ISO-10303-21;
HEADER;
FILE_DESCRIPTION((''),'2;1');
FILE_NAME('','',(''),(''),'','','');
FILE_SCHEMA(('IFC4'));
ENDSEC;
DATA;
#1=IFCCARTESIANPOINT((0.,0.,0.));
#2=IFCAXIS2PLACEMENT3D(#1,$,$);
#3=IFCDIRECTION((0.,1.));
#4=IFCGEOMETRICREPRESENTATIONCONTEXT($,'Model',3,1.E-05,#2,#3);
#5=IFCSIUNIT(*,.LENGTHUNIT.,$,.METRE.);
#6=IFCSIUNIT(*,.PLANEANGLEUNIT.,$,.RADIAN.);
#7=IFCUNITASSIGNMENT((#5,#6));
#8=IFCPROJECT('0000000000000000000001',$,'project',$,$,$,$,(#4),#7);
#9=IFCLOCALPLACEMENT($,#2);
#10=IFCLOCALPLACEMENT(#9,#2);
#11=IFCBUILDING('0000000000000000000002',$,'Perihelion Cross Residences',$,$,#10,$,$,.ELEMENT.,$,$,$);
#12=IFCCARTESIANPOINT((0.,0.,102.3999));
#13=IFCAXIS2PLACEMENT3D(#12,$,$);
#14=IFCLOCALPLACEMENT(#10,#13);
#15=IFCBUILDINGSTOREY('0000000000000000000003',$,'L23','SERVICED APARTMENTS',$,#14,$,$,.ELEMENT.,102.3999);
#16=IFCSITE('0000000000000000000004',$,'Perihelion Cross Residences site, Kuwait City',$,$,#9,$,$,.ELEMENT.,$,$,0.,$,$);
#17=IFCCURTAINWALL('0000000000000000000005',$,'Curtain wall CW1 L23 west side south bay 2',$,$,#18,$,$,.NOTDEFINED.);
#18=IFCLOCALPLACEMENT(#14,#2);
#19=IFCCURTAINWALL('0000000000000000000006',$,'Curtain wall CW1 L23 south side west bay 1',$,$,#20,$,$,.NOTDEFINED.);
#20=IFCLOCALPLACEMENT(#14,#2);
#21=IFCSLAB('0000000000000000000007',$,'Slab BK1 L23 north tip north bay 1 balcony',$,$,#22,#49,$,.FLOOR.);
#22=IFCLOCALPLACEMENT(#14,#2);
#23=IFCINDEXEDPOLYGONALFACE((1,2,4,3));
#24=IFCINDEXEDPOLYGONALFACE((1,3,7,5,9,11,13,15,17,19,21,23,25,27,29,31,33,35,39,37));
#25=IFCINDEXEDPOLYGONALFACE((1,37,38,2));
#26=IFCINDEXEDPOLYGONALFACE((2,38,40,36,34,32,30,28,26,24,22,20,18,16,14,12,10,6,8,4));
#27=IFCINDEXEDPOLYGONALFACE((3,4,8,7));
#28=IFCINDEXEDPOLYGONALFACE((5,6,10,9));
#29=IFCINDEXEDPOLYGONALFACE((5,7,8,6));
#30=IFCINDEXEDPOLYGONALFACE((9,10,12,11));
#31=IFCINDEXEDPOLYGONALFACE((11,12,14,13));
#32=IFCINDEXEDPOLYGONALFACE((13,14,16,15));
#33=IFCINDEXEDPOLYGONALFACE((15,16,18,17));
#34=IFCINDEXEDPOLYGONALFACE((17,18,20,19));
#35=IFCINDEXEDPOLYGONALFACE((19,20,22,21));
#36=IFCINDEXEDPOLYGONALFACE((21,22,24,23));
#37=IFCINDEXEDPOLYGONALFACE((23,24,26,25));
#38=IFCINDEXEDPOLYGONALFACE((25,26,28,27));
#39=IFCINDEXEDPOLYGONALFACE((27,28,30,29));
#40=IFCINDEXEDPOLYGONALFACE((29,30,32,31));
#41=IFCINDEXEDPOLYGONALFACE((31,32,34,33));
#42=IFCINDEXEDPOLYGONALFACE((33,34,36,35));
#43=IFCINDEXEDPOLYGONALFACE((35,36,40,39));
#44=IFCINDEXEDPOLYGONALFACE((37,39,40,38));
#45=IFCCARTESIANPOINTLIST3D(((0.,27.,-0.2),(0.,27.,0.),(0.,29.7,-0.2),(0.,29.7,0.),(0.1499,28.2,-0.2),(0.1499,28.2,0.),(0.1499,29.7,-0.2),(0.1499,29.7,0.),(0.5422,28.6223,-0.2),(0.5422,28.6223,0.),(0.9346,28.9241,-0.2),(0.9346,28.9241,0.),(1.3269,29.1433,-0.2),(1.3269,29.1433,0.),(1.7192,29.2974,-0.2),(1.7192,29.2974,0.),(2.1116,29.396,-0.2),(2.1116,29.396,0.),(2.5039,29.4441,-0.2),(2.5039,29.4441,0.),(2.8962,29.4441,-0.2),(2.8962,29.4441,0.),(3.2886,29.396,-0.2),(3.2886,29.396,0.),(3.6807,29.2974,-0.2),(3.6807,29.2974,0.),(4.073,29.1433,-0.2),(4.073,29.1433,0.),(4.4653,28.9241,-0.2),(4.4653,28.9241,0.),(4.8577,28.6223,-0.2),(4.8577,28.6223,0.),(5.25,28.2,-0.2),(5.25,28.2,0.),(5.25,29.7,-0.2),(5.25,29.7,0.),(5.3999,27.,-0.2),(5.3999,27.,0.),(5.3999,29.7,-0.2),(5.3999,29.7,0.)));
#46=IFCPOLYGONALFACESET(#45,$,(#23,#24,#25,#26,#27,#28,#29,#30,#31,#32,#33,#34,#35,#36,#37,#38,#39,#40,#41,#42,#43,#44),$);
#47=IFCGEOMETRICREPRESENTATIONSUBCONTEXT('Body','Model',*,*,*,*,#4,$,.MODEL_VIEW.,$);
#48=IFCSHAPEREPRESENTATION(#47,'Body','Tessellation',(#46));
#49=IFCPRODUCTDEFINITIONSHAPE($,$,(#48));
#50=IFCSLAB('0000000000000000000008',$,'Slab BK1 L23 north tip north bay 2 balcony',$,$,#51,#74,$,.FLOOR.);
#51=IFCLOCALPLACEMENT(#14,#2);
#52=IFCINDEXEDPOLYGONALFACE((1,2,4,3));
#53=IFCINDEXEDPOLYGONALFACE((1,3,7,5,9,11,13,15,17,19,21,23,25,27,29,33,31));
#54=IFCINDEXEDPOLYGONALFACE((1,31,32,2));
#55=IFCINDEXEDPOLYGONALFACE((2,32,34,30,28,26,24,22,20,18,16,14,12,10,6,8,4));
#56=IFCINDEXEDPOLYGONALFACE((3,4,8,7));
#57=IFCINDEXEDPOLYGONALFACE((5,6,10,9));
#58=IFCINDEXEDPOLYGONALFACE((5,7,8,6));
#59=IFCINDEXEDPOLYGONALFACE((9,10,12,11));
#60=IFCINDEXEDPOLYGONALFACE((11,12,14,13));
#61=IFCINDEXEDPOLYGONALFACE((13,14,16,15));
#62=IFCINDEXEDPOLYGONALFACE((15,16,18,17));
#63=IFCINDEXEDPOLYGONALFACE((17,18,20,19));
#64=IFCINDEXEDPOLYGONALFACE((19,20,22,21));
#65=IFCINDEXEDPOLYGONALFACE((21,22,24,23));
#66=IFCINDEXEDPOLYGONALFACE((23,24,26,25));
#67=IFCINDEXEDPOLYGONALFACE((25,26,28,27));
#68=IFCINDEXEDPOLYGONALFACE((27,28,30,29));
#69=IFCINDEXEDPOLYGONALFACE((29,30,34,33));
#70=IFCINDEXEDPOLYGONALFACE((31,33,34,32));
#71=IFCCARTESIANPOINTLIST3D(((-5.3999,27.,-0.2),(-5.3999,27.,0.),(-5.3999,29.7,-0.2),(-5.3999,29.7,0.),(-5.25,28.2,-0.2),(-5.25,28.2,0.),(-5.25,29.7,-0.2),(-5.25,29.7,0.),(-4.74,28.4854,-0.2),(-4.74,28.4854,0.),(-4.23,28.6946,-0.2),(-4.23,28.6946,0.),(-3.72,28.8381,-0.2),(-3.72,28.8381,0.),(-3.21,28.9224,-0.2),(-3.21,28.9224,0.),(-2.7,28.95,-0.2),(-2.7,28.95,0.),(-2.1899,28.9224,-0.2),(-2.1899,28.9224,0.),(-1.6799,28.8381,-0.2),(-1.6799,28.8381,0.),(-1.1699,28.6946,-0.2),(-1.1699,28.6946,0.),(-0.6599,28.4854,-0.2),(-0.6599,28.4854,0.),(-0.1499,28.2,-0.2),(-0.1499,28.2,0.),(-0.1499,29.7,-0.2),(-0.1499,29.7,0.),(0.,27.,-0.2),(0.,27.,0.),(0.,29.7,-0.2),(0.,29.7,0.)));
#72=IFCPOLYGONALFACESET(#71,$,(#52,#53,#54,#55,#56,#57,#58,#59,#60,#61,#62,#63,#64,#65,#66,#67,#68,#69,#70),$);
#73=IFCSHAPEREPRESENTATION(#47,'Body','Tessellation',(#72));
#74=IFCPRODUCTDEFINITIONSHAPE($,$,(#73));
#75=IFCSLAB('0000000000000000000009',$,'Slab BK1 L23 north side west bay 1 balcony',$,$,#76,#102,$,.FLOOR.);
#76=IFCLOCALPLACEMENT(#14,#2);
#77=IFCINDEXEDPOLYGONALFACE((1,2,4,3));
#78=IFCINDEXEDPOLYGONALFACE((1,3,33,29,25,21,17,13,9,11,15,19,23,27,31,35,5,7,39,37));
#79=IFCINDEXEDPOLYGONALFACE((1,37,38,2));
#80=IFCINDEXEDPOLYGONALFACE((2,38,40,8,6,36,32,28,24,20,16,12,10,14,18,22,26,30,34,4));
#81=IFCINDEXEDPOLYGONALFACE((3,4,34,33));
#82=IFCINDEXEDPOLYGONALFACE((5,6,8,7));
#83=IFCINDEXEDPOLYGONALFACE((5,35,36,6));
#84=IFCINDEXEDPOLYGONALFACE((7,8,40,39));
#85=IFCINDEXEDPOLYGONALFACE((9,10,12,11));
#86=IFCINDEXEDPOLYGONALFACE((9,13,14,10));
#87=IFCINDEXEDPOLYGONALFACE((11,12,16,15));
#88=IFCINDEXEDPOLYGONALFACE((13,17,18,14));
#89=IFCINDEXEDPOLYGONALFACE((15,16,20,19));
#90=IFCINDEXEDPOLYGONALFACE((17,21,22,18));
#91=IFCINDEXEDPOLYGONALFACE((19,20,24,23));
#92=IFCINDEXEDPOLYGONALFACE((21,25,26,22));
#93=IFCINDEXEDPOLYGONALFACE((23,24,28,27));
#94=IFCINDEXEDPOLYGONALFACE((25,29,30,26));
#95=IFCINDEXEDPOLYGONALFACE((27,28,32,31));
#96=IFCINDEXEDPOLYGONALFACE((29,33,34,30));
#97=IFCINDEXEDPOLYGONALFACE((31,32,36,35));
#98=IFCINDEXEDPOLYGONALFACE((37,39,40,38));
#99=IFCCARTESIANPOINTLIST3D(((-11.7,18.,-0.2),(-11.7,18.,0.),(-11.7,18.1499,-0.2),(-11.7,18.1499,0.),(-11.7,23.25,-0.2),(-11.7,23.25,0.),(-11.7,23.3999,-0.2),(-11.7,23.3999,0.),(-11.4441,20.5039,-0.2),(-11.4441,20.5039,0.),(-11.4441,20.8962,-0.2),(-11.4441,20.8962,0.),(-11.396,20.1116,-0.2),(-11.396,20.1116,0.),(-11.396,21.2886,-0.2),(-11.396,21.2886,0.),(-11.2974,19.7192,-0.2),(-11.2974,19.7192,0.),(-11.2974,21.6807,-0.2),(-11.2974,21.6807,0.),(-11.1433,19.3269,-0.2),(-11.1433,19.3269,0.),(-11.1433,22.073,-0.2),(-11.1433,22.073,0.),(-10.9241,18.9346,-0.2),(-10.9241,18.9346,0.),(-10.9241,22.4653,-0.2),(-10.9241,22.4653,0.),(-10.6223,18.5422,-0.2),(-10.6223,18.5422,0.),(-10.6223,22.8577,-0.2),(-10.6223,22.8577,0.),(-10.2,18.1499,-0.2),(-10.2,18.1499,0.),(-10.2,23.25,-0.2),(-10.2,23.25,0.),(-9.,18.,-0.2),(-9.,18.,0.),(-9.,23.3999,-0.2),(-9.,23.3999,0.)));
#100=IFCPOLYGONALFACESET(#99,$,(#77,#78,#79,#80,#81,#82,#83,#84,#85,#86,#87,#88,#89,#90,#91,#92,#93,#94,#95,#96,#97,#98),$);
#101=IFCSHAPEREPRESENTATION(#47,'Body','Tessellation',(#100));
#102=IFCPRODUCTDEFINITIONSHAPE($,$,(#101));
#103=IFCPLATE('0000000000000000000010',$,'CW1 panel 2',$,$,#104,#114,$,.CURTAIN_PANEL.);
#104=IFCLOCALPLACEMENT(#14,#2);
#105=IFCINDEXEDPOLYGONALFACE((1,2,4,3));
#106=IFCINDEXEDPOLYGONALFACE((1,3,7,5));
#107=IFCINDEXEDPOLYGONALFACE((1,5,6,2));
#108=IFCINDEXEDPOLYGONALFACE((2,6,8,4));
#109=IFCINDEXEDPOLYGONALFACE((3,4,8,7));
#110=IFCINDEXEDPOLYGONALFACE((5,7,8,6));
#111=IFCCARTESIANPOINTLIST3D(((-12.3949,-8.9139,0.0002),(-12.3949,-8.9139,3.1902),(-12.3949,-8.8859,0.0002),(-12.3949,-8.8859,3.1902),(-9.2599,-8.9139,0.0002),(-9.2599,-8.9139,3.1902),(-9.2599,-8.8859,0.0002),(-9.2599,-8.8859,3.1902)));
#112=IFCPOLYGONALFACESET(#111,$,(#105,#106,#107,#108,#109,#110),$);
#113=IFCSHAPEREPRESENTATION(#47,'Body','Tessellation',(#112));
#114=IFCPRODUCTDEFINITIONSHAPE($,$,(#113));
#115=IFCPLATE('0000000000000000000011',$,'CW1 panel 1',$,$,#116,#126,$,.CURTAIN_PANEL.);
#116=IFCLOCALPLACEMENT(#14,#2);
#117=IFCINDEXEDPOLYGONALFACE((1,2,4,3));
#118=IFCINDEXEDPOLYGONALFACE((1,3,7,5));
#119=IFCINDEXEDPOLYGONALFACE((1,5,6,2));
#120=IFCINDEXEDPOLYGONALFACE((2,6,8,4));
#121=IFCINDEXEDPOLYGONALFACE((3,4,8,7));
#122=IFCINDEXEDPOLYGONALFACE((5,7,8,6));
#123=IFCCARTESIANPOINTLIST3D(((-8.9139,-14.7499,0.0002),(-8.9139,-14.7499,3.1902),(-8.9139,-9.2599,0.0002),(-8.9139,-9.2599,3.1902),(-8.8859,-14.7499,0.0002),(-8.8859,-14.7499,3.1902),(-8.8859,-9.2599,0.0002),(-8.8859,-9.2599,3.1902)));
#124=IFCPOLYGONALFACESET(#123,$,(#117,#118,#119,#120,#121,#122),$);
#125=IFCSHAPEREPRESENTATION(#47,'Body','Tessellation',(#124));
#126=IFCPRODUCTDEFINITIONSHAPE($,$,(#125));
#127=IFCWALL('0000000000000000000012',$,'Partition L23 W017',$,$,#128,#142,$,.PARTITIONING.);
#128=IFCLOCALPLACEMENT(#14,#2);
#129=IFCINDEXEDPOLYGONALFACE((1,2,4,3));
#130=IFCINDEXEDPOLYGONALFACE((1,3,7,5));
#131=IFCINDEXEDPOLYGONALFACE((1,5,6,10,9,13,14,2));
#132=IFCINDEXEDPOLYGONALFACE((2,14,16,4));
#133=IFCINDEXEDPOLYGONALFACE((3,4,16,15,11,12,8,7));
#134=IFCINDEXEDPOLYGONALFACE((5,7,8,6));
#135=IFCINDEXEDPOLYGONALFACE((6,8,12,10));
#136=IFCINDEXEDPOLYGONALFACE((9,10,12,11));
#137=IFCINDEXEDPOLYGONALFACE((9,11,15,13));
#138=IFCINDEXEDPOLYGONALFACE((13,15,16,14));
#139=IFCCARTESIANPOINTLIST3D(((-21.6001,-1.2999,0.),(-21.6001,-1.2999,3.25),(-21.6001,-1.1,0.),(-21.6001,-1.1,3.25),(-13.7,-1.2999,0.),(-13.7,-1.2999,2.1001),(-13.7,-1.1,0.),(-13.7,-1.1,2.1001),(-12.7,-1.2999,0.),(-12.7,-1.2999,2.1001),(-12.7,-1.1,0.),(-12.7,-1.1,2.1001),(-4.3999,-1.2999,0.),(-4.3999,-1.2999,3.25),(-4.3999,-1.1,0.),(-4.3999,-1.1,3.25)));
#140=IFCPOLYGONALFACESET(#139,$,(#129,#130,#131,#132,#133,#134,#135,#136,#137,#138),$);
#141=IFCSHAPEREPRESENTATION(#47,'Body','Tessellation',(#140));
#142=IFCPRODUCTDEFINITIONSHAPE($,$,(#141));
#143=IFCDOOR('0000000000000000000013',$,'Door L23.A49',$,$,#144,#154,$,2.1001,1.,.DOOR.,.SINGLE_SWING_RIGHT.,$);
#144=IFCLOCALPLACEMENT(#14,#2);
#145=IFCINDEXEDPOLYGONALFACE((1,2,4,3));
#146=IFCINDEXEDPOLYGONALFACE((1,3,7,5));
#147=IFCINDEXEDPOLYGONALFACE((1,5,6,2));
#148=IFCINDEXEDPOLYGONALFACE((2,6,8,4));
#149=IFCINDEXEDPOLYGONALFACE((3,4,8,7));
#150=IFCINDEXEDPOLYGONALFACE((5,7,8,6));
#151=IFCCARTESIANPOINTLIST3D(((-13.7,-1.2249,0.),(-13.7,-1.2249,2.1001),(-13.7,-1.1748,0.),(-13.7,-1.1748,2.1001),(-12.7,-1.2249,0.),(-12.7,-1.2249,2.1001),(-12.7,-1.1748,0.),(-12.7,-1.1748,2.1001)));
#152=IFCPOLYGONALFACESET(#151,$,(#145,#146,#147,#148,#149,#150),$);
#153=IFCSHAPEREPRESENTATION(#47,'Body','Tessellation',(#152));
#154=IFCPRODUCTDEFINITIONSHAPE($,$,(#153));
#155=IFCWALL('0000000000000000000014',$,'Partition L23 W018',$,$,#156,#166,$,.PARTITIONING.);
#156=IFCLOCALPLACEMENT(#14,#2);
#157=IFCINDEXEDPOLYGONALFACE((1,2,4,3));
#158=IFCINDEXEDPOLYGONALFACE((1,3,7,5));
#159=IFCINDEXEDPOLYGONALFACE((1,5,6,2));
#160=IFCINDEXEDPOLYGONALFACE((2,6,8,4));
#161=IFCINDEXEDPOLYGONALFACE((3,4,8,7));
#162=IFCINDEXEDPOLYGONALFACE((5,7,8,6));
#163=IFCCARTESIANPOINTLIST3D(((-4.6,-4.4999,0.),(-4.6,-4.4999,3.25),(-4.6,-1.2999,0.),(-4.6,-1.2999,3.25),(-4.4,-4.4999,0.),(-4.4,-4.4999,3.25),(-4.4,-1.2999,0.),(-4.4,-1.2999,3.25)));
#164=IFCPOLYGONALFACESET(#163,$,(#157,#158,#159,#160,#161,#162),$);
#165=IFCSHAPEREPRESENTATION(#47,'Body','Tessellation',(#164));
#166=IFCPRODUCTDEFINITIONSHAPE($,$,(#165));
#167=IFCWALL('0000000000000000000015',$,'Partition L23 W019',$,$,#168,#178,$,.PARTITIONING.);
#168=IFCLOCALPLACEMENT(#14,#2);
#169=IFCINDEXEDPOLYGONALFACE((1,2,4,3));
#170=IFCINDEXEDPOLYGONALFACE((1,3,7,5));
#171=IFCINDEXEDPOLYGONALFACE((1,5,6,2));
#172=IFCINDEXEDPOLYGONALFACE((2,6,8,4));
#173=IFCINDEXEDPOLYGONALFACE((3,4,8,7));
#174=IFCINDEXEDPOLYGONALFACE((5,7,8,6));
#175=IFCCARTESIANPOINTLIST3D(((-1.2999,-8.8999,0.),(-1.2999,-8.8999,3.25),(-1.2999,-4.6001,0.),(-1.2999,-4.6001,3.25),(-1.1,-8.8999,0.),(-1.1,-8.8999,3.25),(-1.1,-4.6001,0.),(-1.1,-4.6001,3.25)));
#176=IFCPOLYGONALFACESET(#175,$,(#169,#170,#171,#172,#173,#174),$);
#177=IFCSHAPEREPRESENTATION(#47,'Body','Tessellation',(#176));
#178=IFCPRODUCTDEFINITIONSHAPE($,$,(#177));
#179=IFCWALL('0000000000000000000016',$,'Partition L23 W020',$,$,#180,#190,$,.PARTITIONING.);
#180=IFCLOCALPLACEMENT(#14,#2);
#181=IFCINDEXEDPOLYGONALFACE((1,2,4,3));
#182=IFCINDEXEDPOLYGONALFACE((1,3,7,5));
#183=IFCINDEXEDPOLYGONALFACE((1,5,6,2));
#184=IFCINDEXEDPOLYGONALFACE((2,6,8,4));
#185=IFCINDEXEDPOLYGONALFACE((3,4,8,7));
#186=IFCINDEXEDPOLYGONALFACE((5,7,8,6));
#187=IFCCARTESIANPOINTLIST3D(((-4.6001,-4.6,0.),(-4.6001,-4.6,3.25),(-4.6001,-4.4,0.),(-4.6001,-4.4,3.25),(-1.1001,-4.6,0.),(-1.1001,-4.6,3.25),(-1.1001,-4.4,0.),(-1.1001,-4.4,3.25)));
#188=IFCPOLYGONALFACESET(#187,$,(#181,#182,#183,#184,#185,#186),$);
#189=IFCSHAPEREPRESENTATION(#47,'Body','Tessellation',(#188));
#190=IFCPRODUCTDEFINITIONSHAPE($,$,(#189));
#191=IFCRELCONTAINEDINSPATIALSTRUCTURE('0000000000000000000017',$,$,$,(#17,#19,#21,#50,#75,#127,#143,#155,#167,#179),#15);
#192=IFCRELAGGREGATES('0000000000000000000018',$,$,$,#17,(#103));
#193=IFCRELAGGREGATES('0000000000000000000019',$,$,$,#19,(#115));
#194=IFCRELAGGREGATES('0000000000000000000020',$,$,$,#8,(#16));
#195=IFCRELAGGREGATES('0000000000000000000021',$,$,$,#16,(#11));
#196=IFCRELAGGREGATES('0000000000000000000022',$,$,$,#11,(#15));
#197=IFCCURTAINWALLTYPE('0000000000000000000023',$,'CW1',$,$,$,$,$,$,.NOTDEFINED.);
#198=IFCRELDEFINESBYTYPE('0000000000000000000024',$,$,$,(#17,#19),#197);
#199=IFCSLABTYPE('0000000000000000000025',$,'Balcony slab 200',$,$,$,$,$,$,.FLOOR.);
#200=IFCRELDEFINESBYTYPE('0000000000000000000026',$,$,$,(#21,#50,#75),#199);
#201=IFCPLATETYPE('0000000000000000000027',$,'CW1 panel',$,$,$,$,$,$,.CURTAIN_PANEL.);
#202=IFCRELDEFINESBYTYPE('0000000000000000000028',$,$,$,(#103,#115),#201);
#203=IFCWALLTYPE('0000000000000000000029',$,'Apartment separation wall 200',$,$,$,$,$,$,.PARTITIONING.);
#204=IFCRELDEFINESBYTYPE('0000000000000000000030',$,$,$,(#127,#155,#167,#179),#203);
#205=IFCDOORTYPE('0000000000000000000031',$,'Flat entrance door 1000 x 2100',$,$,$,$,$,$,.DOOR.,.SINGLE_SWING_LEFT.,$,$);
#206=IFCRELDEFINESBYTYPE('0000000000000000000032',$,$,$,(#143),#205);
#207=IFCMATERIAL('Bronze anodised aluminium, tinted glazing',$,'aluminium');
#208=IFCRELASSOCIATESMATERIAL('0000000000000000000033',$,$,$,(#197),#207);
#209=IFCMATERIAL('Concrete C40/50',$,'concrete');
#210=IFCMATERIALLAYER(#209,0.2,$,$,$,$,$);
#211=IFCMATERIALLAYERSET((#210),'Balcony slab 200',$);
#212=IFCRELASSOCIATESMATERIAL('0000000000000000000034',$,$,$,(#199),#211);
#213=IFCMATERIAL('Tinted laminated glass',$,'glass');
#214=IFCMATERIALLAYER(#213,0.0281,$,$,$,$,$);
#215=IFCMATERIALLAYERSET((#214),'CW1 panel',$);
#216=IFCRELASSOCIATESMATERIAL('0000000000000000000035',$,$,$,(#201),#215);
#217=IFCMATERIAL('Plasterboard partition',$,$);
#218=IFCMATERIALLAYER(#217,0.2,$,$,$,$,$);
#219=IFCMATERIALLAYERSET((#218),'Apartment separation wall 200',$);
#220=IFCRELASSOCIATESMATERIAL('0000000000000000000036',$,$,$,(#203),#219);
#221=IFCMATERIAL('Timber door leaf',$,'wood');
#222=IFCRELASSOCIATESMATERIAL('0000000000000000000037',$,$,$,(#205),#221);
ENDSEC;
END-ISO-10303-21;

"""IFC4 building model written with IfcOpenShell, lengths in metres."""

from ifc_helpers import new_model, si_unit, direction, frame, frame_2d, origin, origin_2d, place, context, subcontext, project, spatial, polyline, rectangle, outline, extrude, material, layer, layer_set, type_object, element, fill, aggregate, save


model = new_model("IFC4")

# Units and contexts
model_context = context("Model", 3, precision=1e-05, world=origin(), true_north=direction((0.0, 1.0)))
body_context = subcontext(model_context, "Body", "Model", "MODEL_VIEW")
ifc_project = project(units=[si_unit("LENGTHUNIT", "METRE"), si_unit("PLANEANGLEUNIT", "RADIAN")], contexts=[model_context])

# Site, building, storey
site_placement = place(None, origin())
site = spatial("IfcSite", under=ifc_project, at=site_placement, Name="Perihelion Cross Residences site, Kuwait City", CompositionType="ELEMENT", RefElevation=0.0)
building_placement = place(site_placement, origin())
building = spatial("IfcBuilding", under=site, at=building_placement, Name="Perihelion Cross Residences", CompositionType="ELEMENT")
storey_placement = place(building_placement, frame((0.0, 0.0, 102.3999)))
storey = spatial("IfcBuildingStorey", under=building, at=storey_placement, Name="L23", Description="SERVICED APARTMENTS", CompositionType="ELEMENT", Elevation=102.3999)

# Curtain wall
ifc_material_1 = material(Name="Bronze anodised aluminium, tinted glazing", Category="aluminium")
curtain_wall_type = type_object("IfcCurtainWallType", Name="CW1", PredefinedType="NOTDEFINED", material=ifc_material_1)
curtain_wall_1_placement = place(storey_placement, origin())
curtain_wall_1 = element("IfcCurtainWall", 1, at=curtain_wall_1_placement, inside=storey, type_object=curtain_wall_type, Name="Curtain wall CW1 L23 west side south bay 2", PredefinedType="NOTDEFINED")

# Curtain wall
curtain_wall_2_placement = place(storey_placement, origin())
curtain_wall_2 = element("IfcCurtainWall", 2, at=curtain_wall_2_placement, inside=storey, type_object=curtain_wall_type, Name="Curtain wall CW1 L23 south side west bay 1", PredefinedType="NOTDEFINED")

# Slabs
ifc_material_2 = material(Name="Concrete C40/50", Category="concrete")
ifc_layer_1 = layer(ifc_material_2, 0.2)
ifc_layer_set_1 = layer_set([ifc_layer_1], Name="Balcony slab 200")
slab_type_1 = type_object("IfcSlabType", Name="Balcony slab 200", PredefinedType="FLOOR", material=ifc_layer_set_1)
slab_1_placement = place(storey_placement, frame((0.0, 0.0, -0.2)))
element("IfcSlab", 3, at=slab_1_placement, inside=storey, type_object=slab_type_1, Name="Slab BK1 L23 north tip north bay 1 balcony", PredefinedType="FLOOR", context=body_context, shape_type="SweptSolid", body=[
    extrude(outline(polyline([(5.3999, 27.0), (0.0, 27.0), (0.0, 29.7), (0.1499, 29.7), (0.1499, 28.2), (0.5422, 28.6223), (0.9346, 28.9241), (1.3269, 29.1433), (1.7192, 29.2974), (2.1116, 29.396), (2.5039, 29.4441), (2.8962, 29.4441), (3.2886, 29.396), (3.6807, 29.2974), (4.073, 29.1433), (4.4653, 28.9241), (4.8577, 28.6223), (5.25, 28.2), (5.25, 29.7), (5.3999, 29.7), (5.3999, 27.0)])), origin(), (0.0, 0.0, 1.0), 0.2),
])
slab_2_placement = place(storey_placement, frame((0.0, 0.0, -0.2)))
element("IfcSlab", 4, at=slab_2_placement, inside=storey, type_object=slab_type_1, Name="Slab BK1 L23 north tip north bay 2 balcony", PredefinedType="FLOOR", context=body_context, shape_type="SweptSolid", body=[
    extrude(outline(polyline([(0.0, 27.0), (-5.3999, 27.0), (-5.3999, 29.7), (-5.25, 29.7), (-5.25, 28.2), (-4.74, 28.4854), (-4.23, 28.6946), (-3.72, 28.8381), (-3.21, 28.9224), (-2.7, 28.95), (-2.1899, 28.9224), (-1.6799, 28.8381), (-1.1699, 28.6946), (-0.6599, 28.4854), (-0.1499, 28.2), (-0.1499, 29.7), (0.0, 29.7), (0.0, 27.0)])), origin(), (0.0, 0.0, 1.0), 0.2),
])
slab_3_placement = place(storey_placement, frame((0.0, 0.0, -0.2)))
element("IfcSlab", 5, at=slab_3_placement, inside=storey, type_object=slab_type_1, Name="Slab BK1 L23 north side west bay 1 balcony", PredefinedType="FLOOR", context=body_context, shape_type="SweptSolid", body=[
    extrude(outline(polyline([(-9.0, 23.3999), (-9.0, 18.0), (-11.7, 18.0), (-11.7, 18.1499), (-10.2, 18.1499), (-10.6223, 18.5422), (-10.9241, 18.9346), (-11.1433, 19.3269), (-11.2974, 19.7192), (-11.396, 20.1116), (-11.4441, 20.5039), (-11.4441, 20.8962), (-11.396, 21.2886), (-11.2974, 21.6807), (-11.1433, 22.073), (-10.9241, 22.4653), (-10.6223, 22.8577), (-10.2, 23.25), (-11.7, 23.25), (-11.7, 23.3999), (-9.0, 23.3999)])), origin(), (0.0, 0.0, 1.0), 0.2),
])

# Plates
ifc_material_3 = material(Name="Tinted laminated glass", Category="glass")
ifc_layer_2 = layer(ifc_material_3, 0.0281)
ifc_layer_set_2 = layer_set([ifc_layer_2], Name="CW1 panel")
plate_type = type_object("IfcPlateType", Name="CW1 panel", PredefinedType="CURTAIN_PANEL", material=ifc_layer_set_2)
plate_1_placement = place(storey_placement, frame((-10.8274, -8.8999, 0.0002), z_axis=(0.0, 0.0, 1.0), x_axis=(1.0, 0.0, 0.0)))
plate_1 = element("IfcPlate", 6, at=plate_1_placement, type_object=plate_type, Name="CW1 panel 2", PredefinedType="CURTAIN_PANEL", context=body_context, shape_type="SweptSolid", body=[
    extrude(rectangle(XDim=3.135, YDim=0.0281, at=origin_2d()), origin(), (0.0, 0.0, 1.0), 3.1899),
])
aggregate(curtain_wall_1, [plate_1])
plate_2_placement = place(storey_placement, frame((-8.8999, -12.0049, 0.0002), z_axis=(0.0, 0.0, 1.0), x_axis=(0.0, -1.0, 0.0)))
plate_2 = element("IfcPlate", 7, at=plate_2_placement, type_object=plate_type, Name="CW1 panel 1", PredefinedType="CURTAIN_PANEL", context=body_context, shape_type="SweptSolid", body=[
    extrude(rectangle(XDim=5.49, YDim=0.0281, at=origin_2d()), origin(), (0.0, 0.0, 1.0), 3.1899),
])
aggregate(curtain_wall_2, [plate_2])

# Wall, opening, door
ifc_material_4 = material(Name="Plasterboard partition")
ifc_layer_3 = layer(ifc_material_4, 0.2)
ifc_layer_set_3 = layer_set([ifc_layer_3], Name="Apartment separation wall 200")
wall_type_1 = type_object("IfcWallType", Name="Apartment separation wall 200", PredefinedType="PARTITIONING", material=ifc_layer_set_3)
wall_1_placement = place(storey_placement, frame((-4.3999, -1.2, 0.0), z_axis=(0.0, 0.0, 1.0), x_axis=(-1.0, 0.0, 0.0)))
wall_1 = element("IfcWall", 8, at=wall_1_placement, inside=storey, type_object=wall_type_1, Name="Partition L23 W017", PredefinedType="PARTITIONING", context=body_context, shape_type="SweptSolid", body=[
    extrude(rectangle(XDim=17.2002, YDim=0.2, at=frame_2d((8.6001, 0.0))), origin(), (0.0, 0.0, 1.0), 3.25),
])
opening_1_placement = place(wall_1_placement, frame((8.3, 0.0, 0.0)))
opening_1 = element("IfcOpeningElement", 9, at=opening_1_placement, cuts=wall_1, PredefinedType="OPENING", context=body_context, shape_type="SweptSolid", body=[
    extrude(rectangle(XDim=1.0, YDim=2.1001, at=frame_2d((0.5, 1.05))), frame((0.0, 0.1099, 0.0), z_axis=(0.0, -1.0, 0.0), x_axis=(1.0, 0.0, 0.0)), (0.0, 0.0, 1.0), 0.22),
])
ifc_material_5 = material(Name="Timber door leaf", Category="wood")
door_type_1 = type_object("IfcDoorType", Name="Flat entrance door 1000 x 2100", OperationType="SINGLE_SWING_LEFT", PredefinedType="DOOR", material=ifc_material_5)
door_1_placement = place(opening_1_placement, origin())
door_1 = element("IfcDoor", 10, at=door_1_placement, inside=storey, type_object=door_type_1, Name="Door L23.A49", OperationType="SINGLE_SWING_RIGHT", OverallHeight=2.1001, OverallWidth=1.0, PredefinedType="DOOR", context=body_context, shape_type="SweptSolid", body=[
    extrude(rectangle(XDim=1.0, YDim=2.1001, at=frame_2d((0.5, 1.05))), frame((0.0, 0.0249, 0.0), z_axis=(0.0, -1.0, 0.0), x_axis=(1.0, 0.0, 0.0)), (0.0, 0.0, 1.0), 0.05),
])
fill(opening_1, door_1)

# Walls
wall_2_placement = place(storey_placement, frame((-4.5, -4.5, 0.0), z_axis=(0.0, 0.0, 1.0), x_axis=(0.0, 1.0, 0.0)))
element("IfcWall", 11, at=wall_2_placement, inside=storey, type_object=wall_type_1, Name="Partition L23 W018", PredefinedType="PARTITIONING", context=body_context, shape_type="SweptSolid", body=[
    extrude(rectangle(XDim=3.2, YDim=0.2, at=frame_2d((1.6001, 0.0))), origin(), (0.0, 0.0, 1.0), 3.25),
])
wall_3_placement = place(storey_placement, frame((-1.2, -8.8999, 0.0), z_axis=(0.0, 0.0, 1.0), x_axis=(0.0, 1.0, 0.0)))
element("IfcWall", 12, at=wall_3_placement, inside=storey, type_object=wall_type_1, Name="Partition L23 W019", PredefinedType="PARTITIONING", context=body_context, shape_type="SweptSolid", body=[
    extrude(rectangle(XDim=4.2998, YDim=0.2, at=frame_2d((2.1499, 0.0))), origin(), (0.0, 0.0, 1.0), 3.25),
])
wall_4_placement = place(storey_placement, frame((-1.1001, -4.5, 0.0), z_axis=(0.0, 0.0, 1.0), x_axis=(-1.0, 0.0, 0.0)))
element("IfcWall", 13, at=wall_4_placement, inside=storey, type_object=wall_type_1, Name="Partition L23 W020", PredefinedType="PARTITIONING", context=body_context, shape_type="SweptSolid", body=[
    extrude(rectangle(XDim=3.5, YDim=0.2, at=frame_2d((1.75, 0.0))), origin(), (0.0, 0.0, 1.0), 3.25),
])

save(model, "model.ifc")
